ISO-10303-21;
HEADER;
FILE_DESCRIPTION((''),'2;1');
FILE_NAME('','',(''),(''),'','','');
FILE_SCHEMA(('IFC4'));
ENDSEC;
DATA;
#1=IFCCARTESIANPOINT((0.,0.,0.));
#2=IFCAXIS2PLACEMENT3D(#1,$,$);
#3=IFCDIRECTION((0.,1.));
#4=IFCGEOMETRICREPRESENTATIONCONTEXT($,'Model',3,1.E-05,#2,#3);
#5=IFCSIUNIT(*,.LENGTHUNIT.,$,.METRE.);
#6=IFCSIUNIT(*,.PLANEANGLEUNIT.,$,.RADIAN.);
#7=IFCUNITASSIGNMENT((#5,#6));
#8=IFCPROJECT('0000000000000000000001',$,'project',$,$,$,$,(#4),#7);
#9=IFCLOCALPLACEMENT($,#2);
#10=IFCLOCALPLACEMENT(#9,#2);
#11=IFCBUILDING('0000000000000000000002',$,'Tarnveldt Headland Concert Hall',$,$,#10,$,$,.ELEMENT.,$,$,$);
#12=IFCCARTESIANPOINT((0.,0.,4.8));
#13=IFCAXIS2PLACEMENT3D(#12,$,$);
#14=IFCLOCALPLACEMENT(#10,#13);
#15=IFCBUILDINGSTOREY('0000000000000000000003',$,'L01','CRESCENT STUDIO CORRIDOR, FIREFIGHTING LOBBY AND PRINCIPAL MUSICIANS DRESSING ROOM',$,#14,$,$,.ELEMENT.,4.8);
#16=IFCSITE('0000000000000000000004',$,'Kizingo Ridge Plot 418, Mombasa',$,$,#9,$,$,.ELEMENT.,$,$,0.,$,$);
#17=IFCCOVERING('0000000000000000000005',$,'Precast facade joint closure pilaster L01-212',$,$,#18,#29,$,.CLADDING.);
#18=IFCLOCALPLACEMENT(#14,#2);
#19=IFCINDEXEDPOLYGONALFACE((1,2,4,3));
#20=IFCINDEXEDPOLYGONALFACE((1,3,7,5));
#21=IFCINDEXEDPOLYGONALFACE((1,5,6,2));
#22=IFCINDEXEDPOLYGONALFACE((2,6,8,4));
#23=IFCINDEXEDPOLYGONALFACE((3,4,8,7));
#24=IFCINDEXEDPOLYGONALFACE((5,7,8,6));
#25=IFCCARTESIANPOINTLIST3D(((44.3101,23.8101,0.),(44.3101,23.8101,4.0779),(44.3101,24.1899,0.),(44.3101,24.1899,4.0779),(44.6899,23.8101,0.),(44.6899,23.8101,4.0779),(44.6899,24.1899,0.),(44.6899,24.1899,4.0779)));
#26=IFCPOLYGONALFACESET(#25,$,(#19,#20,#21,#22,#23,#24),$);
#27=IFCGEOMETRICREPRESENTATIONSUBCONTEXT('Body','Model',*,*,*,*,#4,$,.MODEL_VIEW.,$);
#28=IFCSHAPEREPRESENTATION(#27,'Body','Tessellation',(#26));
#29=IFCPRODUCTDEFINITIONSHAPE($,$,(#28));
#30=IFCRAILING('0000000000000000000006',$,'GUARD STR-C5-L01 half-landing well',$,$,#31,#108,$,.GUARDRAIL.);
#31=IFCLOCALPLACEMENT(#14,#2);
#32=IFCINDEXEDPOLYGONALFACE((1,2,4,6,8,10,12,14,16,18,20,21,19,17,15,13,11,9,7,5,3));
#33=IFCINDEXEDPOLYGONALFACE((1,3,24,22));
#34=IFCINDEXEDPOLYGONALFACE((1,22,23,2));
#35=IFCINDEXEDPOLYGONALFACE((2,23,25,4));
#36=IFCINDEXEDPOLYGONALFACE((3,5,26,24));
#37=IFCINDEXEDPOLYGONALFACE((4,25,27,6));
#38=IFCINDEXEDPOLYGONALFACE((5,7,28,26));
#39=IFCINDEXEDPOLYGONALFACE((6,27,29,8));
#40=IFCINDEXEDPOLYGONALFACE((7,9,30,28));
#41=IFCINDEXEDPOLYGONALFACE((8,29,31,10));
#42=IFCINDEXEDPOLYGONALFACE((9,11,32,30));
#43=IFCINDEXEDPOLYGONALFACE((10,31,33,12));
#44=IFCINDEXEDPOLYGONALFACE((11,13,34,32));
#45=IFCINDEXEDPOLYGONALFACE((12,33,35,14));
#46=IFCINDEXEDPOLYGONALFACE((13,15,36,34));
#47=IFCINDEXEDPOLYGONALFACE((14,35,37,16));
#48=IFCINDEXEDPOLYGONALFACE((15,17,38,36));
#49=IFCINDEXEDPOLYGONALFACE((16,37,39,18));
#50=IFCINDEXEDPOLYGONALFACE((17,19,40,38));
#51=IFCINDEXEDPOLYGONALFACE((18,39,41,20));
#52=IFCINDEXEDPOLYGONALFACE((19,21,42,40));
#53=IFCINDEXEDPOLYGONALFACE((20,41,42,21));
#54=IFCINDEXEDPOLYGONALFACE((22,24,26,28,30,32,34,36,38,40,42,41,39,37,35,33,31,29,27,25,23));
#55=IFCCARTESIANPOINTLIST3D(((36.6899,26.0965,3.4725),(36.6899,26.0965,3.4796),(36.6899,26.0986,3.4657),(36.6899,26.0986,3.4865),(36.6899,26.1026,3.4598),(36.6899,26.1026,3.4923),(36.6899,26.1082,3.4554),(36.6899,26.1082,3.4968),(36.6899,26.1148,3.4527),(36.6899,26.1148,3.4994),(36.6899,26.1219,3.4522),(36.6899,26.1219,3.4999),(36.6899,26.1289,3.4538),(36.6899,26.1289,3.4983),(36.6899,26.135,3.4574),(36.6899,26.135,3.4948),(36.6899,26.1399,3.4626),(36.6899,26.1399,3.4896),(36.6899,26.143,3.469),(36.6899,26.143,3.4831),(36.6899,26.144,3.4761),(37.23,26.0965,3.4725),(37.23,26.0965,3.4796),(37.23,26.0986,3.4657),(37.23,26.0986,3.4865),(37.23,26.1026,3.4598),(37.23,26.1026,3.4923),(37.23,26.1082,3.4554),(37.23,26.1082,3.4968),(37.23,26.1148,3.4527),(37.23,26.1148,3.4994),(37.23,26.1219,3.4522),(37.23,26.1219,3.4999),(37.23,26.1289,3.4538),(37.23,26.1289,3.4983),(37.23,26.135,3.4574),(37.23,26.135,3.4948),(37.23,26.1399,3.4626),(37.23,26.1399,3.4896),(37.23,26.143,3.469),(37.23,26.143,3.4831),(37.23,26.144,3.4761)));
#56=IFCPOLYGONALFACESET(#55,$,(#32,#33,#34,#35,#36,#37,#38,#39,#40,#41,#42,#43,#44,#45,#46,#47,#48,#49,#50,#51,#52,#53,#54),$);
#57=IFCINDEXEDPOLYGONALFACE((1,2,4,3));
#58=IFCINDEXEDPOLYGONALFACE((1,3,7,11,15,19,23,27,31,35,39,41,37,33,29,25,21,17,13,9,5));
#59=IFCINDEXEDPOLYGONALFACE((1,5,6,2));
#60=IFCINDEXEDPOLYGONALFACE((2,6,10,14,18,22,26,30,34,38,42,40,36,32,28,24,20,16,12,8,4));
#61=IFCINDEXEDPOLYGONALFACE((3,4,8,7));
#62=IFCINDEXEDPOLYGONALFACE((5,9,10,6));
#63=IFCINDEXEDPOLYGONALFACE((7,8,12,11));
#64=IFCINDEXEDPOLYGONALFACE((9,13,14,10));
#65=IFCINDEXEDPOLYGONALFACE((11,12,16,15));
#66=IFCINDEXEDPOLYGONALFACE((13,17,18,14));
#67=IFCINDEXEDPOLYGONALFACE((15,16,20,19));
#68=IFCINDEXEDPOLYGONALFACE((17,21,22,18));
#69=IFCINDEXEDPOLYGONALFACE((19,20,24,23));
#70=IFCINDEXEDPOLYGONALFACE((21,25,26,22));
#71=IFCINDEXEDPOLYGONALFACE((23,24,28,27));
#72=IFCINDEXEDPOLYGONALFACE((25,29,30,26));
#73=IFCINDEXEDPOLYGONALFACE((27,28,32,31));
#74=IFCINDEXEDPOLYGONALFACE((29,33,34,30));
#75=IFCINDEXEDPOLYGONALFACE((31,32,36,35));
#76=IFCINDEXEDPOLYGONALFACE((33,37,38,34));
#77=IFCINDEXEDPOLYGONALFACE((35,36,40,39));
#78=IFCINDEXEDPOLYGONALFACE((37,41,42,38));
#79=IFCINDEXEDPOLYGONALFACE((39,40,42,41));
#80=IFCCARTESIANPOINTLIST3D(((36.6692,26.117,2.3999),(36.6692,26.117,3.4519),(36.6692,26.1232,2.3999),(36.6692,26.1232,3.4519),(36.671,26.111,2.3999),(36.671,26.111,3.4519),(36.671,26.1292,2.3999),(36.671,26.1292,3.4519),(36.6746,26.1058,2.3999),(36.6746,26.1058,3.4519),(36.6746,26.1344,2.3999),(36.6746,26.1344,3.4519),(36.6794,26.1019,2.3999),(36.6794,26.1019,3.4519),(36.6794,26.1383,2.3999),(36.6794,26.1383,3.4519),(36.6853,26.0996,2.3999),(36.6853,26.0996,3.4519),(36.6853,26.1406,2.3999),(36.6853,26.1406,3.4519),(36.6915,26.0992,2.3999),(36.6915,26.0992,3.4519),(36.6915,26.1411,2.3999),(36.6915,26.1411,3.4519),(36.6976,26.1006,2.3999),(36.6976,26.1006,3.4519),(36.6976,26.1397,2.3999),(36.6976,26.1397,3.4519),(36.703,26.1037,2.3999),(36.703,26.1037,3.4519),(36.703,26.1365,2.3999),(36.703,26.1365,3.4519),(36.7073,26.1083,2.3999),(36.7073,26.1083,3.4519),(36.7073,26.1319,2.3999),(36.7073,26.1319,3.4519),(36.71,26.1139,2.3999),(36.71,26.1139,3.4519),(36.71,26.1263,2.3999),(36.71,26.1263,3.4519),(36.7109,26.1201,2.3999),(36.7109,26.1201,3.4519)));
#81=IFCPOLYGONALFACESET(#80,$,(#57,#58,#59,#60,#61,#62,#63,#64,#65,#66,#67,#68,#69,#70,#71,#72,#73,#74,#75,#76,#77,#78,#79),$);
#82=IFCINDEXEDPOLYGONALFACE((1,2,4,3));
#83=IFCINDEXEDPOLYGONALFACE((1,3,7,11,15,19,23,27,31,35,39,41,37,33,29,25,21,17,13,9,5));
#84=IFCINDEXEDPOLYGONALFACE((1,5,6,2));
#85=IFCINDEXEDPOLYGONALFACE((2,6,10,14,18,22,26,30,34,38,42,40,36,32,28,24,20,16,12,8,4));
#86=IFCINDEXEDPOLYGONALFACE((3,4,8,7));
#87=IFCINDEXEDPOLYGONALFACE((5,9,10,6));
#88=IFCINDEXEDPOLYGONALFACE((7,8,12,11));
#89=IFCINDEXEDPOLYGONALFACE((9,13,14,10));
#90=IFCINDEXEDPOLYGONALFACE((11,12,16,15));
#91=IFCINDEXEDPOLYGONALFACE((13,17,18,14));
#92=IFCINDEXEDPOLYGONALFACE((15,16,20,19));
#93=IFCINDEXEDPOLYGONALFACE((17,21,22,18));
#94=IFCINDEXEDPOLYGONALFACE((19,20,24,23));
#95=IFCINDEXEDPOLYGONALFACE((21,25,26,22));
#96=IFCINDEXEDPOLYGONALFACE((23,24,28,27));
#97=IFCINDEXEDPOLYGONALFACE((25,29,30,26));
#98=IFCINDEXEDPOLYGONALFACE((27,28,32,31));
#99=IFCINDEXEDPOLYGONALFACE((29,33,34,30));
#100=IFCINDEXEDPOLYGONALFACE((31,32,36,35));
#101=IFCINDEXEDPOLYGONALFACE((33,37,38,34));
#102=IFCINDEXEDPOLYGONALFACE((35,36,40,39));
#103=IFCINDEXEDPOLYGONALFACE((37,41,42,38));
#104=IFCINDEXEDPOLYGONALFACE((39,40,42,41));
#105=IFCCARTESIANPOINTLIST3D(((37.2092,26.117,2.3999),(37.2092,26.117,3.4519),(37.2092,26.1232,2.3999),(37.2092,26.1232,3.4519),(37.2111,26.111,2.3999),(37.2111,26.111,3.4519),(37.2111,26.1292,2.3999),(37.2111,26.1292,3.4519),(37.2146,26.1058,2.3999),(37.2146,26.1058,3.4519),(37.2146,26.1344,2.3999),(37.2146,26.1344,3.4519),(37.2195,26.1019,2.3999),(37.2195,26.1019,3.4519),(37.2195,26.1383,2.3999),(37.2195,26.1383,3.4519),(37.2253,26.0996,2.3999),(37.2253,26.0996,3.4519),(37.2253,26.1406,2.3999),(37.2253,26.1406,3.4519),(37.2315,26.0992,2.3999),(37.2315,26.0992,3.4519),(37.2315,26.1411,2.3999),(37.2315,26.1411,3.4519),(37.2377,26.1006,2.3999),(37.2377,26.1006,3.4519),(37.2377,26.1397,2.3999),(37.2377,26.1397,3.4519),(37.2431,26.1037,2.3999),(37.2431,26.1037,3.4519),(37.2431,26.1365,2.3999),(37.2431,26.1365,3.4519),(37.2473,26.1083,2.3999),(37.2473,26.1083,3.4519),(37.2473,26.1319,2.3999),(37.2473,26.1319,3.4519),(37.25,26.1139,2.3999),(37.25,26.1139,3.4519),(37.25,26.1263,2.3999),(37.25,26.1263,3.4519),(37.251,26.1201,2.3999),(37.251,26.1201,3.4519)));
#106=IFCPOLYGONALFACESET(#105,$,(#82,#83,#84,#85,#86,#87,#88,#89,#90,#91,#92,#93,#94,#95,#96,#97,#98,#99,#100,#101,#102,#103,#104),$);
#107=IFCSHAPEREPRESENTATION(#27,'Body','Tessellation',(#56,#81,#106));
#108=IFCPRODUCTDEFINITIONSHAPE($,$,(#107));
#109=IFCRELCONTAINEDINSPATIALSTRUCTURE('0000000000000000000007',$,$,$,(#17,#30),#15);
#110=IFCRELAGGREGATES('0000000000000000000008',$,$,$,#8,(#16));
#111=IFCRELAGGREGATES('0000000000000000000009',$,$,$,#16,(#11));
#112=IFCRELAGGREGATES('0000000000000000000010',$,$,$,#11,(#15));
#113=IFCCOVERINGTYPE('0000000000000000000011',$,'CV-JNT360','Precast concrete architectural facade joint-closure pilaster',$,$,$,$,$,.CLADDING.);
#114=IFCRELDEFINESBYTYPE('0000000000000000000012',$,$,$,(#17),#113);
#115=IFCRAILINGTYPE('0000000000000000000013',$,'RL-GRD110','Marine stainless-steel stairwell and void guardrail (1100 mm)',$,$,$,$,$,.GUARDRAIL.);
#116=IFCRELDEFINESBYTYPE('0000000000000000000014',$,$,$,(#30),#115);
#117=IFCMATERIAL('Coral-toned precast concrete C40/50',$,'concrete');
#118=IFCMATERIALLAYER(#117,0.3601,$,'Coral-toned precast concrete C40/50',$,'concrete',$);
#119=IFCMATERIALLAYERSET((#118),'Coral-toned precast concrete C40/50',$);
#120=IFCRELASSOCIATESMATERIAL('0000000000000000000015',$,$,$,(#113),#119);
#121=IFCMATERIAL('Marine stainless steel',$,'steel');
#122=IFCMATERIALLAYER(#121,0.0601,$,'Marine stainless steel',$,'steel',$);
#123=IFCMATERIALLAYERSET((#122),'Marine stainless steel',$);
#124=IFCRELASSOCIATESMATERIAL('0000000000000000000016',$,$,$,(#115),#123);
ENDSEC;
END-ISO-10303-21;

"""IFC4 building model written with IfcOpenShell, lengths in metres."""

from ifc_helpers import new_model, si_unit, direction, frame, origin, origin_2d, place, context, subcontext, project, spatial, rectangle, circle, extrude, material, layer, layer_set, type_object, element, save


model = new_model("IFC4")

# Units and contexts
model_context = context("Model", 3, precision=1e-05, world=origin(), true_north=direction((0.0, 1.0)))
body_context = subcontext(model_context, "Body", "Model", "MODEL_VIEW")
ifc_project = project(units=[si_unit("LENGTHUNIT", "METRE"), si_unit("PLANEANGLEUNIT", "RADIAN")], contexts=[model_context])

# Site, building, storey
site_placement = place(None, origin())
site = spatial("IfcSite", under=ifc_project, at=site_placement, Name="Kizingo Ridge Plot 418, Mombasa", CompositionType="ELEMENT", RefElevation=0.0)
building_placement = place(site_placement, origin())
building = spatial("IfcBuilding", under=site, at=building_placement, Name="Tarnveldt Headland Concert Hall", CompositionType="ELEMENT")
storey_placement = place(building_placement, frame((0.0, 0.0, 4.8)))
storey = spatial("IfcBuildingStorey", under=building, at=storey_placement, Name="L01", Description="CRESCENT STUDIO CORRIDOR, FIREFIGHTING LOBBY AND PRINCIPAL MUSICIANS DRESSING ROOM", CompositionType="ELEMENT", Elevation=4.8)

# Shared definitions
ifc_material_1 = material(Name="Coral-toned precast concrete C40/50", Category="concrete")

# Covering
ifc_layer_1 = layer(ifc_material_1, 0.3601, Name="Coral-toned precast concrete C40/50", Category="concrete")
ifc_layer_set_1 = layer_set([ifc_layer_1], Name="Coral-toned precast concrete C40/50")
covering_type = type_object("IfcCoveringType", Name="CV-JNT360", Description="Precast concrete architectural facade joint-closure pilaster", PredefinedType="CLADDING", material=ifc_layer_set_1)
covering_placement = place(storey_placement, frame((44.5, 24.0, 0.0), z_axis=(0.0, 0.0, 1.0), x_axis=(0.0, -1.0, 0.0)))
element("IfcCovering", 1, at=covering_placement, inside=storey, type_object=covering_type, Name="Precast facade joint closure pilaster L01-212", PredefinedType="CLADDING", context=body_context, shape_type="SweptSolid", body=[
    extrude(rectangle(XDim=0.3799, YDim=0.3799, at=origin_2d()), origin(), (0.0, 0.0, 1.0), 4.0779),
])

# Railing
ifc_material_2 = material(Name="Marine stainless steel", Category="steel")
ifc_layer_2 = layer(ifc_material_2, 0.0601, Name="Marine stainless steel", Category="steel")
ifc_layer_set_2 = layer_set([ifc_layer_2], Name="Marine stainless steel")
railing_type_1 = type_object("IfcRailingType", Name="RL-GRD110", Description="Marine stainless-steel stairwell and void guardrail (1100 mm)", PredefinedType="GUARDRAIL", material=ifc_layer_set_2)
railing_1_placement = place(storey_placement, frame((36.6899, 26.1201, 2.3999)))
element("IfcRailing", 2, at=railing_1_placement, inside=storey, type_object=railing_type_1, Name="GUARD STR-C5-L01 half-landing well", PredefinedType="GUARDRAIL", context=body_context, shape_type="SweptSolid", body=[
    extrude(circle(Radius=0.0239, at=origin_2d()), frame((0.0, 0.0, 1.0762), z_axis=(1.0, 0.0, 0.0), x_axis=(0.0, 1.0, 0.0)), (0.0, 0.0, 1.0), 0.54),
    extrude(circle(Radius=0.021, at=origin_2d()), origin(), (0.0, 0.0, 1.0), 1.052),
    extrude(circle(Radius=0.021, at=origin_2d()), frame((0.54, 0.0, 0.0)), (0.0, 0.0, 1.0), 1.052),
])

save(model, "model.ifc")
